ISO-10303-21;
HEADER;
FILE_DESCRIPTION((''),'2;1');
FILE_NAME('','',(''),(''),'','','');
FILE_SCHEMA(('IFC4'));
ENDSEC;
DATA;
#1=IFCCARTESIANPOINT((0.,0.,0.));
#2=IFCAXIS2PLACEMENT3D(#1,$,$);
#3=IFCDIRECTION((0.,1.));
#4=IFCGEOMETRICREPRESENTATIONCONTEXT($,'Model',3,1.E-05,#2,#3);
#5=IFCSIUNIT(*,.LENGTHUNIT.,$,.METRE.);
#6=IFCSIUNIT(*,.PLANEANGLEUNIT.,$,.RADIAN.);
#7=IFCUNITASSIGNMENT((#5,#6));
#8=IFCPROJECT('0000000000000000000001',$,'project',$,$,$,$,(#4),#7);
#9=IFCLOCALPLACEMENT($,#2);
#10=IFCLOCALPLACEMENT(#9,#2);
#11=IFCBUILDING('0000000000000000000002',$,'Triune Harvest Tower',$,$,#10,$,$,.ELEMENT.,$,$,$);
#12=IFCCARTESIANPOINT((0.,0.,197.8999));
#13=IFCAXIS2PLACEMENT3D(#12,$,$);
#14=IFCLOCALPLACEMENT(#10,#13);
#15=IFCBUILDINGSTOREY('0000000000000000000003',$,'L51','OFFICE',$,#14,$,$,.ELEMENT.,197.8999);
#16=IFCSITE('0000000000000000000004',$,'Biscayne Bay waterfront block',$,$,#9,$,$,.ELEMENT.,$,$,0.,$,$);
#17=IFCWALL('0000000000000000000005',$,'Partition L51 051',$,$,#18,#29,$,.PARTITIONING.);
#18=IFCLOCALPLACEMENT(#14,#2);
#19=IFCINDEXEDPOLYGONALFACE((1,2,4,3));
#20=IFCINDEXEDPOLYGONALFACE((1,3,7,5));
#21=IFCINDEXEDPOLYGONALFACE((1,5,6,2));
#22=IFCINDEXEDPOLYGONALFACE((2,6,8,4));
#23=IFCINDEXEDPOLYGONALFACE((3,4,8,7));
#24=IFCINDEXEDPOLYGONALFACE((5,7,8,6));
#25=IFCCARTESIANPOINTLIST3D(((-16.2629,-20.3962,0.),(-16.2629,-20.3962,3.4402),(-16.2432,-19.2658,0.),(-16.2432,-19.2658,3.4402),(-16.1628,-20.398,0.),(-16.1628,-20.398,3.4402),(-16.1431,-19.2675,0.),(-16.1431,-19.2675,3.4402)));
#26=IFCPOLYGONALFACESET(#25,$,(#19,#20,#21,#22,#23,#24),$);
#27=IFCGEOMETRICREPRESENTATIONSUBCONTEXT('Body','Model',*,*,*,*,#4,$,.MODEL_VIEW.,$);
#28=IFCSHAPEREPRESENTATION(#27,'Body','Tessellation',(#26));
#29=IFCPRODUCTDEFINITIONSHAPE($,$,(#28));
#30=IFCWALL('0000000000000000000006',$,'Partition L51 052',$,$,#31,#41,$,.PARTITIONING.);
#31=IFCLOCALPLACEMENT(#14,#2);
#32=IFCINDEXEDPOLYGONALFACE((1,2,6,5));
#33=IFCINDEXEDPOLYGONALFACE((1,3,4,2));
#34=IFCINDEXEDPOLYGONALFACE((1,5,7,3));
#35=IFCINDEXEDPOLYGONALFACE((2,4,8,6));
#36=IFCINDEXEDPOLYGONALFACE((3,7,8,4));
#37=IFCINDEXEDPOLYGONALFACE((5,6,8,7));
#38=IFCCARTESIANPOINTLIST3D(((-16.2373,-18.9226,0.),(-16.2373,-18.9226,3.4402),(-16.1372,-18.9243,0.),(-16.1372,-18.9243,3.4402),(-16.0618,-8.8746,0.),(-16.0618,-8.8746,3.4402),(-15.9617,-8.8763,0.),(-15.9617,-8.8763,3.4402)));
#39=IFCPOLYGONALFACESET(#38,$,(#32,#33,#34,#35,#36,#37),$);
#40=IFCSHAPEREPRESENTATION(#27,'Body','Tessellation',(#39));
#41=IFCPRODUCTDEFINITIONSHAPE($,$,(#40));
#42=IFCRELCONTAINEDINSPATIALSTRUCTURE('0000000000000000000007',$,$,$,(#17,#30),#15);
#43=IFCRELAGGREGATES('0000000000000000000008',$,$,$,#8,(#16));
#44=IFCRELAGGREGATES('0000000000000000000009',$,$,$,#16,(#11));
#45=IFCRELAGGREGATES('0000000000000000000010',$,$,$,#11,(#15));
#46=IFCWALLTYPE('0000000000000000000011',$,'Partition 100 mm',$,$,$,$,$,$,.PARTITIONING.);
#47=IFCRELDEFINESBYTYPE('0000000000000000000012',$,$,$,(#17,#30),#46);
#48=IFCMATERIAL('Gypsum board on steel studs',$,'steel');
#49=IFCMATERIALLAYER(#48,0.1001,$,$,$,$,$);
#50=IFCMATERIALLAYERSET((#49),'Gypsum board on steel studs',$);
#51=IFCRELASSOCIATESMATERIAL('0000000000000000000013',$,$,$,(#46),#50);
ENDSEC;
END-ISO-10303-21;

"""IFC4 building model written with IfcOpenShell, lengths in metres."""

from ifc_helpers import new_model, si_unit, direction, frame, frame_2d, origin, place, context, subcontext, project, spatial, rectangle, extrude, source, transform, mapped, material, layer, layer_set, type_object, element, save


model = new_model("IFC4")

# Units and contexts
model_context = context("Model", 3, precision=1e-05, world=origin(), true_north=direction((0.0, 1.0)))
body_context = subcontext(model_context, "Body", "Model", "MODEL_VIEW")
ifc_project = project(units=[si_unit("LENGTHUNIT", "METRE"), si_unit("PLANEANGLEUNIT", "RADIAN")], contexts=[model_context])

# Site, building, storey
site_placement = place(None, origin())
site = spatial("IfcSite", under=ifc_project, at=site_placement, Name="Biscayne Bay waterfront block", CompositionType="ELEMENT", RefElevation=0.0)
building_placement = place(site_placement, origin())
building = spatial("IfcBuilding", under=site, at=building_placement, Name="Triune Harvest Tower", CompositionType="ELEMENT")
storey_placement = place(building_placement, frame((0.0, 0.0, 197.8999)))
storey = spatial("IfcBuildingStorey", under=building, at=storey_placement, Name="L51", Description="OFFICE", CompositionType="ELEMENT", Elevation=197.8999)

# Walls
ifc_material_1 = material(Name="Gypsum board on steel studs", Category="steel")
ifc_layer_1 = layer(ifc_material_1, 0.1001)
ifc_layer_set_1 = layer_set([ifc_layer_1], Name="Gypsum board on steel studs")
wall_type = type_object("IfcWallType", Name="Partition 100 mm", PredefinedType="PARTITIONING", material=ifc_layer_set_1)
shared_shape_1 = source(origin(), body_context, "Body", "SweptSolid", [
    extrude(rectangle(XDim=1.1306, YDim=0.1001, at=frame_2d((0.5654, 0.0))), origin(), (0.0, 0.0, 1.0), 3.4402),
])
wall_1_placement = place(storey_placement, frame((-16.2129, -20.3972, 0.0), z_axis=(0.0, 0.0, 1.0), x_axis=(0.017492, 0.999847, 0.0)))
element("IfcWall", 1, at=wall_1_placement, inside=storey, type_object=wall_type, Name="Partition L51 051", PredefinedType="PARTITIONING", context=body_context, shape_type="MappedRepresentation", body=[
    mapped(shared_shape_1, transform((0.0, 0.0, 0.0), scale=1.0)),
])
shared_shape_2 = source(origin(), body_context, "Body", "SweptSolid", [
    extrude(rectangle(XDim=10.0496, YDim=0.1001, at=frame_2d((5.0249, 0.0))), origin(), (0.0, 0.0, 1.0), 3.4402),
])
wall_2_placement = place(storey_placement, frame((-16.1873, -18.9236, 0.0), z_axis=(0.0, 0.0, 1.0), x_axis=(0.017467, 0.999847, 0.0)))
element("IfcWall", 2, at=wall_2_placement, inside=storey, type_object=wall_type, Name="Partition L51 052", PredefinedType="PARTITIONING", context=body_context, shape_type="MappedRepresentation", body=[
    mapped(shared_shape_2, transform((0.0, 0.0, 0.0), scale=1.0)),
])

save(model, "model.ifc")
